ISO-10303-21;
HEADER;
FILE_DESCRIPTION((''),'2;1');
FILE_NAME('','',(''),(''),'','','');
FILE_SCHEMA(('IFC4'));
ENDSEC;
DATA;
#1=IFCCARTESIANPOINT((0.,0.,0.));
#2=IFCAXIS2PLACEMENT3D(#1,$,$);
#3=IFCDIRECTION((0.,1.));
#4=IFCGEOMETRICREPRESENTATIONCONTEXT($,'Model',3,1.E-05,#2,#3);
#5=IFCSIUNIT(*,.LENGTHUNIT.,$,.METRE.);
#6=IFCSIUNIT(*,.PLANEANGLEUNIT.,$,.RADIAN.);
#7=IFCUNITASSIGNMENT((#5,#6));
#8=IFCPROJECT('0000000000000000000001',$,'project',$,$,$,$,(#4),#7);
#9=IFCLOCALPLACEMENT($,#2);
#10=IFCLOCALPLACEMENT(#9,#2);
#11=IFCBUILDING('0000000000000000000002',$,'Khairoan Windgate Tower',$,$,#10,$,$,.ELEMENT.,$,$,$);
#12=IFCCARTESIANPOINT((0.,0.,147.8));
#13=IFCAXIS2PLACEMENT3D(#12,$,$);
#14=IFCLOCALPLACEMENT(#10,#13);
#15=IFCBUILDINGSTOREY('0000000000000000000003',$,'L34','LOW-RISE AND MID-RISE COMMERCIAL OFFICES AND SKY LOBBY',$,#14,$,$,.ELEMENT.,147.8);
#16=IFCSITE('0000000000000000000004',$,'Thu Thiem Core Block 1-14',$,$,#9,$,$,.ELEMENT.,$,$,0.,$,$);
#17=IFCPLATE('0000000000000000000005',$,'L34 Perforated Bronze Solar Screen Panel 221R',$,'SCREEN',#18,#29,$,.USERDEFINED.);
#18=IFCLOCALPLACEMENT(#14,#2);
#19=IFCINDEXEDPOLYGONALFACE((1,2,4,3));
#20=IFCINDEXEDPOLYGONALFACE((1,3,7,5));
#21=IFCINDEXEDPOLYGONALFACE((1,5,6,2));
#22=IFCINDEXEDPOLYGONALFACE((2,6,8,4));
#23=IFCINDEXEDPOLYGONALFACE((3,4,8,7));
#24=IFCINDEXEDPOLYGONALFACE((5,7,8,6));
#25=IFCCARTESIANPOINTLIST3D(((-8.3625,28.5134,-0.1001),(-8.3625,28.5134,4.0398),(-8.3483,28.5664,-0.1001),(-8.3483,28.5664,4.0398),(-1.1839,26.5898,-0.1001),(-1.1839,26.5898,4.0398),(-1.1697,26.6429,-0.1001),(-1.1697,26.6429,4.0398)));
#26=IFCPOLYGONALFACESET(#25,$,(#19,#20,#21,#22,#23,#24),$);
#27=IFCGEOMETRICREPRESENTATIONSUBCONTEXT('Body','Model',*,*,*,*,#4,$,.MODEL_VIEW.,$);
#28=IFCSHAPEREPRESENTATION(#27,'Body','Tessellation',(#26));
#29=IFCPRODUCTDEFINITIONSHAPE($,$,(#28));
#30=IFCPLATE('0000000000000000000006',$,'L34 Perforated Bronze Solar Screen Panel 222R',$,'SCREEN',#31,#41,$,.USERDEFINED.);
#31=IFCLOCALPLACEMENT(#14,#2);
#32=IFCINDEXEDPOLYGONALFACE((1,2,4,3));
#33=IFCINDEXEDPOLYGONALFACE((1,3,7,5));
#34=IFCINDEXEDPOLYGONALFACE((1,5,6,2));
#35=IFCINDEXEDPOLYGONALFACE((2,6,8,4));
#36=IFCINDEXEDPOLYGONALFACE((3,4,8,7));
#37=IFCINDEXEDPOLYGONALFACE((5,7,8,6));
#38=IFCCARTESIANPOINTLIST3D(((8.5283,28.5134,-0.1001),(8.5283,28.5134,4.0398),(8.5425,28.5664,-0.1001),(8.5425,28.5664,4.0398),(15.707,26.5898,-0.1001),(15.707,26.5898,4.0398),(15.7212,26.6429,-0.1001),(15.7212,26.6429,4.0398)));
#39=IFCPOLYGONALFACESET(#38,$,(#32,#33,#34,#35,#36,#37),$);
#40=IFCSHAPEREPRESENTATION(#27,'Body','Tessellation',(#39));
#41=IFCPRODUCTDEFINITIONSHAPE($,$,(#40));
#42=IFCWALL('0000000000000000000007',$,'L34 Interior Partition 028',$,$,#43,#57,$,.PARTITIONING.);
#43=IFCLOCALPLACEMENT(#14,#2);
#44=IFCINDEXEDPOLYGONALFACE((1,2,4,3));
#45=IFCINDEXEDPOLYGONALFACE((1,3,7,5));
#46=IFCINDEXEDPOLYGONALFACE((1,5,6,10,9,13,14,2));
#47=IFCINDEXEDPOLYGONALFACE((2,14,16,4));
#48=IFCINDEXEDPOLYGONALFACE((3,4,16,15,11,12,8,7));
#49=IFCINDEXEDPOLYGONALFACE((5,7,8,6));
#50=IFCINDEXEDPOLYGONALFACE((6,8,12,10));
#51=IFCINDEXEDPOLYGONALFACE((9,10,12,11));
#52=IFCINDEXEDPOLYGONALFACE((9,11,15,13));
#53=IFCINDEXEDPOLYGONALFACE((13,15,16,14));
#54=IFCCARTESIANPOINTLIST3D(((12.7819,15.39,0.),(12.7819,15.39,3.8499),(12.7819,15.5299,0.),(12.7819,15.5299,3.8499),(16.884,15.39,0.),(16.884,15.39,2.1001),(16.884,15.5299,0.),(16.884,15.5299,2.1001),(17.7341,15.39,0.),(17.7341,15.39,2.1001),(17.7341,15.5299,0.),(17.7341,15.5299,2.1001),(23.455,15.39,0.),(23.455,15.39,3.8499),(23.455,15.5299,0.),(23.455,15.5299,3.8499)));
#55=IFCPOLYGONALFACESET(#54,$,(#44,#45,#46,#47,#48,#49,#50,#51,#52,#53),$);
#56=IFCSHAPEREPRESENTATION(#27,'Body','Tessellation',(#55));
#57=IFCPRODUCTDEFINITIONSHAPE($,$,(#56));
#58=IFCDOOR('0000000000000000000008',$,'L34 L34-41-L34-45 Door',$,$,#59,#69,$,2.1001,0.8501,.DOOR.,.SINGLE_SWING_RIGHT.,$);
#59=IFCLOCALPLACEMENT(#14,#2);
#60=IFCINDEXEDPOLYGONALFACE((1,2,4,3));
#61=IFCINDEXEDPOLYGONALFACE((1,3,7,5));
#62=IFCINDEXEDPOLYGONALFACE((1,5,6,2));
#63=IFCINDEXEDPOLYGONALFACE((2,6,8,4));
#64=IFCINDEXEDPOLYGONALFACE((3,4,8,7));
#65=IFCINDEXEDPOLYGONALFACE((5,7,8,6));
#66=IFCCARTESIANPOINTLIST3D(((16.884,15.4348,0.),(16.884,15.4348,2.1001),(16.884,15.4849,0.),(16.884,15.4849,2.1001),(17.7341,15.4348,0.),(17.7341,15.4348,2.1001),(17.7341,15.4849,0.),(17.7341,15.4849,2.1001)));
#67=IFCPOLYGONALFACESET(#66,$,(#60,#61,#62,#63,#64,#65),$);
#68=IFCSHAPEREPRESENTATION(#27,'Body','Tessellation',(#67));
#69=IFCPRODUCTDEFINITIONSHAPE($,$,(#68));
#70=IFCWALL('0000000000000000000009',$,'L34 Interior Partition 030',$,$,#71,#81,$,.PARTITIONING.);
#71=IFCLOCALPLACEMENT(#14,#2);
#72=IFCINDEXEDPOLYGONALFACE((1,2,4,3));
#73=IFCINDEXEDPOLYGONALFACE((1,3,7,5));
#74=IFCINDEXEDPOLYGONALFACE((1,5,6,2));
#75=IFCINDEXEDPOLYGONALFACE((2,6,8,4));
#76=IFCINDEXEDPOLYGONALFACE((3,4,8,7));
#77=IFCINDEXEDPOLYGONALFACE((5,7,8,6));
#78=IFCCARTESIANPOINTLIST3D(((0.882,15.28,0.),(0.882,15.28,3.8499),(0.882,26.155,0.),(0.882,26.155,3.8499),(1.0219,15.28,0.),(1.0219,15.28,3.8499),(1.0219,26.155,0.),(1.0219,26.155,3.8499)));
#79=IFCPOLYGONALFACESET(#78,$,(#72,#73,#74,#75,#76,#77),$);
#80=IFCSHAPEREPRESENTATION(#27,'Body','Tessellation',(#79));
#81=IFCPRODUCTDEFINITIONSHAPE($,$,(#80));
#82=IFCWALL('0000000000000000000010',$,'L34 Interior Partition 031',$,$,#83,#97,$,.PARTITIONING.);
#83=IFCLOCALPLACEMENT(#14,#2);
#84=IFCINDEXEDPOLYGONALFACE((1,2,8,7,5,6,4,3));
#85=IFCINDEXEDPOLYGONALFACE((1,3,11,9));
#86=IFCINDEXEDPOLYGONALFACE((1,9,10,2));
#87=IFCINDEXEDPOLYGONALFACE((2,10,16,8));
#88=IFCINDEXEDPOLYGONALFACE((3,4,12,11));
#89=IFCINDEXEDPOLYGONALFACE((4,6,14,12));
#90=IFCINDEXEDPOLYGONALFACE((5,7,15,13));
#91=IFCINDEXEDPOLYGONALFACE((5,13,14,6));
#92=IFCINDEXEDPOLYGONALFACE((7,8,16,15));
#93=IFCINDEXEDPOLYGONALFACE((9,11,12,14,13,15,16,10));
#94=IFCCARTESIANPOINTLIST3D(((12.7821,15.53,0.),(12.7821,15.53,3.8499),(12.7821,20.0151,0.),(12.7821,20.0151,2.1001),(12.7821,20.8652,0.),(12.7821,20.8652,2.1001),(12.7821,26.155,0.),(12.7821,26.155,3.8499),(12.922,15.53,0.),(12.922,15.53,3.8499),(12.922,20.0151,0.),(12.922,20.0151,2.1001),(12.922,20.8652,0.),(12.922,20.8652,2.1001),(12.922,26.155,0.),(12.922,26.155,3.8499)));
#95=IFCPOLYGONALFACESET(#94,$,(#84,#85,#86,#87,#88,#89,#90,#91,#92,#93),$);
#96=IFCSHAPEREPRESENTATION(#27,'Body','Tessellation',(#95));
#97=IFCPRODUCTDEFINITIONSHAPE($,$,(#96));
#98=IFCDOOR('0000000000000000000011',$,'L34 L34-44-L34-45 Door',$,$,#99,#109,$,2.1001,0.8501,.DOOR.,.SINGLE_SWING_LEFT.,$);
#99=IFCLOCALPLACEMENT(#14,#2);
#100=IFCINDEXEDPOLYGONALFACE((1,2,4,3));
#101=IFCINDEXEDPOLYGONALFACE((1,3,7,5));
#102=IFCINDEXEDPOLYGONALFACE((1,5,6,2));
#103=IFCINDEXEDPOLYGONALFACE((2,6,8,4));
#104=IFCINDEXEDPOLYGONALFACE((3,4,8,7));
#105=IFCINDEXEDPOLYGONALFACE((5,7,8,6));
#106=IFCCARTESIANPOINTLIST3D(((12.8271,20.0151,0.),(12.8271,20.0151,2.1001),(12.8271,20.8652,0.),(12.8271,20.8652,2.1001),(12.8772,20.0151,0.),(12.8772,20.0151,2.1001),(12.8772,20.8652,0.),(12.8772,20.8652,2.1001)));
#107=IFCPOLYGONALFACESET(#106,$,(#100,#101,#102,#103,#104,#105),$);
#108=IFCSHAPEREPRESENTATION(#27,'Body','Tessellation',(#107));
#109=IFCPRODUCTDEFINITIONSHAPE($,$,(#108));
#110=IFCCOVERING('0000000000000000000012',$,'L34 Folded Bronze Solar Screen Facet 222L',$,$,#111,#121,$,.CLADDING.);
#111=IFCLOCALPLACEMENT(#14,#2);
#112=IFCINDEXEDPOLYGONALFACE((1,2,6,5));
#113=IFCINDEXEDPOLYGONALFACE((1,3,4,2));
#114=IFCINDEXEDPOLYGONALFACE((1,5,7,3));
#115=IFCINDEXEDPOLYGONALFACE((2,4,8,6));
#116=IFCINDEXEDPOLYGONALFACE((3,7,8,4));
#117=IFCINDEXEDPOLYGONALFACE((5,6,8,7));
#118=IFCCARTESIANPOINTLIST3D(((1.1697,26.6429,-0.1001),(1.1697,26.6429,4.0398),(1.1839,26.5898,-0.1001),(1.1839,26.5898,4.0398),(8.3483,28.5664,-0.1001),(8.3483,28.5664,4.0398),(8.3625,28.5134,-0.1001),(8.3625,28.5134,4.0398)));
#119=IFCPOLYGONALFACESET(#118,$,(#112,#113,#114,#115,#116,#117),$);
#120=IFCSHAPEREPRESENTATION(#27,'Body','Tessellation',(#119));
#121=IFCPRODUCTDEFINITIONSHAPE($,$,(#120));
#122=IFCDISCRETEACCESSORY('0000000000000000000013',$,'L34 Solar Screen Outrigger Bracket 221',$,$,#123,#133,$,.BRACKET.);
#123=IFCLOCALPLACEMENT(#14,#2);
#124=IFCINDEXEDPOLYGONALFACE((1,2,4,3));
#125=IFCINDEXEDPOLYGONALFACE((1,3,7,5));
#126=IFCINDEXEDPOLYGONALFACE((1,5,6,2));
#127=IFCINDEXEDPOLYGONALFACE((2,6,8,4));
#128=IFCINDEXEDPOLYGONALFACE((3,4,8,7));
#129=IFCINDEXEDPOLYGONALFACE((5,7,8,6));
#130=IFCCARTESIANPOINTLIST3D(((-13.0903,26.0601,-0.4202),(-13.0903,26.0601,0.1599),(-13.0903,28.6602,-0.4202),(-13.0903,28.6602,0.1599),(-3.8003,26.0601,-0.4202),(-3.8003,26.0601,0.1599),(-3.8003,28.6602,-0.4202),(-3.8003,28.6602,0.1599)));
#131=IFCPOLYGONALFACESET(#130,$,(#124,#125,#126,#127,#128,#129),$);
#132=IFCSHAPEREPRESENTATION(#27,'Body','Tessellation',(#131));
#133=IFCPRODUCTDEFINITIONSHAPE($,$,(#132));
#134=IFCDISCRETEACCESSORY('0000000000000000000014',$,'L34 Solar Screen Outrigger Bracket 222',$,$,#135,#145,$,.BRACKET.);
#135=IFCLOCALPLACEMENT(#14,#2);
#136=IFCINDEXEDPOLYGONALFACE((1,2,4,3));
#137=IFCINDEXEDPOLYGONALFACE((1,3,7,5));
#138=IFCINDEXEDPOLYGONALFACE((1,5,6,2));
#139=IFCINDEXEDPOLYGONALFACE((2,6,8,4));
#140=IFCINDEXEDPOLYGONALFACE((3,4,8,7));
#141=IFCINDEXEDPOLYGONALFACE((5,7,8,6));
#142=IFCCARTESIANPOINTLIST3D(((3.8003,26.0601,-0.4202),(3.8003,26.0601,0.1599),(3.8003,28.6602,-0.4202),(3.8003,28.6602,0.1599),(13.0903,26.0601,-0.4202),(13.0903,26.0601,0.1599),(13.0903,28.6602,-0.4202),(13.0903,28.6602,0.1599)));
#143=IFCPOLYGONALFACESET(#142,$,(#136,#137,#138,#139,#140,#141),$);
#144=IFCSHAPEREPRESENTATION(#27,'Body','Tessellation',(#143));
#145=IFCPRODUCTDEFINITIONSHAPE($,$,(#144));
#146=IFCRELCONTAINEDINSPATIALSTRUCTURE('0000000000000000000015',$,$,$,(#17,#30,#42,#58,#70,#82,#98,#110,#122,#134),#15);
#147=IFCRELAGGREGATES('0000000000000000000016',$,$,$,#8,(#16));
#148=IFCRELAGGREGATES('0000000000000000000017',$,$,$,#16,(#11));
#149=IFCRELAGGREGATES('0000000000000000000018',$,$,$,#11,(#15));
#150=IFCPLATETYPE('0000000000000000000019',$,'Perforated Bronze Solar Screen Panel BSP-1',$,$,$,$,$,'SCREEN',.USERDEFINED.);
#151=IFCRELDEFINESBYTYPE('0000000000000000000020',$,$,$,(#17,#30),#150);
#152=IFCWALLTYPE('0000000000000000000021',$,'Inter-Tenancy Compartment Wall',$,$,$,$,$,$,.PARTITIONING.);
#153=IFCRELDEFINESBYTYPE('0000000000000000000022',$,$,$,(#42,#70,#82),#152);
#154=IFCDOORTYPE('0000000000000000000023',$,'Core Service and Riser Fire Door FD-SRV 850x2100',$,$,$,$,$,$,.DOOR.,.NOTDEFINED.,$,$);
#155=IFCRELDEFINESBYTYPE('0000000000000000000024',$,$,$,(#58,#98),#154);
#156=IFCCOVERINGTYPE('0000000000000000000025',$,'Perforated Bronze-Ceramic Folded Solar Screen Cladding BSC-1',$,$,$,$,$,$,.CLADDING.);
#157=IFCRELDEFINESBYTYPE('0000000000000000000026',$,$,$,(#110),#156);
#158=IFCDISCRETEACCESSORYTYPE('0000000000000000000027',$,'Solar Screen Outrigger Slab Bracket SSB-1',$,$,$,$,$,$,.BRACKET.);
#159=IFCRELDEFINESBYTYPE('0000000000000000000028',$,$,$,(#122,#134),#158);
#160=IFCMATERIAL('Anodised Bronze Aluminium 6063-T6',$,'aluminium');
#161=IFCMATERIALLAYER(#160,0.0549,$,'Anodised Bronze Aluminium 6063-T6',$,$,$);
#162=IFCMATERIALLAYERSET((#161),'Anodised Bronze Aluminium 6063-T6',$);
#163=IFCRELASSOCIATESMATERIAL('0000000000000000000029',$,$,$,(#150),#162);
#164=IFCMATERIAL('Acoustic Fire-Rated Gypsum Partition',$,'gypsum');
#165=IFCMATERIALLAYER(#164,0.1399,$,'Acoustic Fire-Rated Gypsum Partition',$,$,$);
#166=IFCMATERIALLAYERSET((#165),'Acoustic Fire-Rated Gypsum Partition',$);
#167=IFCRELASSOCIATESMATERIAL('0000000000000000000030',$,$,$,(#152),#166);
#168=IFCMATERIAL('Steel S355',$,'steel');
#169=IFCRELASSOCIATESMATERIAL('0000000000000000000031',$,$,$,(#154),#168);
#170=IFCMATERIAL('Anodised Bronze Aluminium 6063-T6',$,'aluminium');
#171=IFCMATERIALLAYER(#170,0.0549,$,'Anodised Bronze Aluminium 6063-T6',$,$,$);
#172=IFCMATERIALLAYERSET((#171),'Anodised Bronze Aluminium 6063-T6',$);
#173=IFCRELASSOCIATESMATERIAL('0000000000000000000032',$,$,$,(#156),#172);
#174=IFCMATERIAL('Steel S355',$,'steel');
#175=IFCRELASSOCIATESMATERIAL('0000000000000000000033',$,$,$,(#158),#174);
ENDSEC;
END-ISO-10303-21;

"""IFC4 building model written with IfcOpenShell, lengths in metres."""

from ifc_helpers import new_model, si_unit, direction, frame, frame_2d, origin, origin_2d, place, context, subcontext, project, spatial, rectangle, extrude, material, layer, layer_set, type_object, element, fill, save


model = new_model("IFC4")

# Units and contexts
model_context = context("Model", 3, precision=1e-05, world=origin(), true_north=direction((0.0, 1.0)))
body_context = subcontext(model_context, "Body", "Model", "MODEL_VIEW")
ifc_project = project(units=[si_unit("LENGTHUNIT", "METRE"), si_unit("PLANEANGLEUNIT", "RADIAN")], contexts=[model_context])

# Site, building, storey
site_placement = place(None, origin())
site = spatial("IfcSite", under=ifc_project, at=site_placement, Name="Thu Thiem Core Block 1-14", CompositionType="ELEMENT", RefElevation=0.0)
building_placement = place(site_placement, origin())
building = spatial("IfcBuilding", under=site, at=building_placement, Name="Khairoan Windgate Tower", CompositionType="ELEMENT")
storey_placement = place(building_placement, frame((0.0, 0.0, 147.8)))
storey = spatial("IfcBuildingStorey", under=building, at=storey_placement, Name="L34", Description="LOW-RISE AND MID-RISE COMMERCIAL OFFICES AND SKY LOBBY", CompositionType="ELEMENT", Elevation=147.8)

# Plates
ifc_material_1 = material(Name="Anodised Bronze Aluminium 6063-T6", Category="aluminium")
ifc_layer_1 = layer(ifc_material_1, 0.0549, Name="Anodised Bronze Aluminium 6063-T6")
ifc_layer_set_1 = layer_set([ifc_layer_1], Name="Anodised Bronze Aluminium 6063-T6")
plate_type = type_object("IfcPlateType", Name="Perforated Bronze Solar Screen Panel BSP-1", ElementType="SCREEN", PredefinedType="USERDEFINED", material=ifc_layer_set_1)
for number, where, z_axis, x_axis, name in (
    (1, (-4.7661, 27.5781, -0.1001), (0.0, 0.0, 1.0), (0.965926, -0.258819, 0.0), "L34 Perforated Bronze Solar Screen Panel 221R"),
    (2, (12.1248, 27.5781, -0.1001), (0.0, 0.0, 1.0), (0.965926, -0.258819, 0.0), "L34 Perforated Bronze Solar Screen Panel 222R"),
):
    element("IfcPlate", number, at=place(storey_placement, frame(where, z_axis=z_axis, x_axis=x_axis)), inside=storey, type_object=plate_type, Name=name, ObjectType="SCREEN", PredefinedType="USERDEFINED", context=body_context, shape_type="SweptSolid", body=[
        extrude(rectangle(XDim=7.4319, YDim=0.0549, at=origin_2d()), origin(), (0.0, 0.0, 1.0), 4.1399),
    ])

# Wall, opening, door
ifc_material_2 = material(Name="Acoustic Fire-Rated Gypsum Partition", Category="gypsum")
ifc_layer_2 = layer(ifc_material_2, 0.1399, Name="Acoustic Fire-Rated Gypsum Partition")
ifc_layer_set_2 = layer_set([ifc_layer_2], Name="Acoustic Fire-Rated Gypsum Partition")
wall_type = type_object("IfcWallType", Name="Inter-Tenancy Compartment Wall", PredefinedType="PARTITIONING", material=ifc_layer_set_2)
wall_1_placement = place(storey_placement, frame((12.782, 15.46, 0.0), z_axis=(0.0, 0.0, 1.0), x_axis=(1.0, 0.0, 0.0)))
wall_1 = element("IfcWall", 3, at=wall_1_placement, inside=storey, type_object=wall_type, Name="L34 Interior Partition 028", PredefinedType="PARTITIONING", context=body_context, shape_type="SweptSolid", body=[
    extrude(rectangle(XDim=10.6731, YDim=0.1399, at=frame_2d((5.3364, 0.0))), origin(), (0.0, 0.0, 1.0), 3.8499),
])
opening_1_placement = place(wall_1_placement, frame((4.1021, 0.0, 0.0)))
opening_1 = element("IfcOpeningElement", 4, at=opening_1_placement, cuts=wall_1, PredefinedType="OPENING", context=body_context, shape_type="SweptSolid", body=[
    extrude(rectangle(XDim=0.8501, YDim=2.1001, at=frame_2d((0.425, 1.05))), frame((0.0, 0.0798, 0.0), z_axis=(0.0, -1.0, 0.0), x_axis=(1.0, 0.0, 0.0)), (0.0, 0.0, 1.0), 0.1599),
])
ifc_material_3 = material(Name="Steel S355", Category="steel")
door_type = type_object("IfcDoorType", Name="Core Service and Riser Fire Door FD-SRV 850x2100", OperationType="NOTDEFINED", PredefinedType="DOOR", material=ifc_material_3)
door_1_placement = place(opening_1_placement, origin())
door_1 = element("IfcDoor", 5, at=door_1_placement, inside=storey, type_object=door_type, Name="L34 L34-41-L34-45 Door", OperationType="SINGLE_SWING_RIGHT", OverallHeight=2.1001, OverallWidth=0.8501, PredefinedType="DOOR", context=body_context, shape_type="SweptSolid", body=[
    extrude(rectangle(XDim=0.8501, YDim=2.1001, at=frame_2d((0.425, 1.05))), frame((0.0, 0.0249, 0.0), z_axis=(0.0, -1.0, 0.0), x_axis=(1.0, 0.0, 0.0)), (0.0, 0.0, 1.0), 0.05),
])
fill(opening_1, door_1)

# Wall
wall_2_placement = place(storey_placement, frame((0.9519, 15.28, 0.0), z_axis=(0.0, 0.0, 1.0), x_axis=(0.0, 1.0, 0.0)))
element("IfcWall", 6, at=wall_2_placement, inside=storey, type_object=wall_type, Name="L34 Interior Partition 030", PredefinedType="PARTITIONING", context=body_context, shape_type="SweptSolid", body=[
    extrude(rectangle(XDim=10.875, YDim=0.1399, at=frame_2d((5.4375, 0.0))), origin(), (0.0, 0.0, 1.0), 3.8499),
])

# Wall, opening, door
wall_3_placement = place(storey_placement, frame((12.8521, 15.53, 0.0), z_axis=(0.0, 0.0, 1.0), x_axis=(0.0, 1.0, 0.0)))
wall_3 = element("IfcWall", 7, at=wall_3_placement, inside=storey, type_object=wall_type, Name="L34 Interior Partition 031", PredefinedType="PARTITIONING", context=body_context, shape_type="SweptSolid", body=[
    extrude(rectangle(XDim=10.625, YDim=0.1399, at=frame_2d((5.3125, 0.0))), origin(), (0.0, 0.0, 1.0), 3.8499),
])
opening_2_placement = place(wall_3_placement, frame((4.4851, 0.0, 0.0)))
opening_2 = element("IfcOpeningElement", 8, at=opening_2_placement, cuts=wall_3, PredefinedType="OPENING", context=body_context, shape_type="SweptSolid", body=[
    extrude(rectangle(XDim=0.8501, YDim=2.1001, at=frame_2d((0.425, 1.05))), frame((0.0, 0.0798, 0.0), z_axis=(0.0, -1.0, 0.0), x_axis=(1.0, 0.0, 0.0)), (0.0, 0.0, 1.0), 0.1599),
])
door_2_placement = place(opening_2_placement, origin())
door_2 = element("IfcDoor", 9, at=door_2_placement, inside=storey, type_object=door_type, Name="L34 L34-44-L34-45 Door", OperationType="SINGLE_SWING_LEFT", OverallHeight=2.1001, OverallWidth=0.8501, PredefinedType="DOOR", context=body_context, shape_type="SweptSolid", body=[
    extrude(rectangle(XDim=0.8501, YDim=2.1001, at=frame_2d((0.425, 1.05))), frame((0.0, 0.0249, 0.0), z_axis=(0.0, -1.0, 0.0), x_axis=(1.0, 0.0, 0.0)), (0.0, 0.0, 1.0), 0.05),
])
fill(opening_2, door_2)

# Covering
ifc_material_4 = material(Name="Anodised Bronze Aluminium 6063-T6", Category="aluminium")
ifc_layer_3 = layer(ifc_material_4, 0.0549, Name="Anodised Bronze Aluminium 6063-T6")
ifc_layer_set_3 = layer_set([ifc_layer_3], Name="Anodised Bronze Aluminium 6063-T6")
covering_type = type_object("IfcCoveringType", Name="Perforated Bronze-Ceramic Folded Solar Screen Cladding BSC-1", PredefinedType="CLADDING", material=ifc_layer_set_3)
covering_placement = place(storey_placement, frame((4.7661, 27.5781, -0.1001), z_axis=(0.0, 0.0, 1.0), x_axis=(0.965926, 0.258819, 0.0)))
element("IfcCovering", 10, at=covering_placement, inside=storey, type_object=covering_type, Name="L34 Folded Bronze Solar Screen Facet 222L", PredefinedType="CLADDING", context=body_context, shape_type="SweptSolid", body=[
    extrude(rectangle(XDim=7.4319, YDim=0.0549, at=origin_2d()), origin(), (0.0, 0.0, 1.0), 4.1399),
])

# Discrete accessories
ifc_material_5 = material(Name="Steel S355", Category="steel")
discrete_accessory_type = type_object("IfcDiscreteAccessoryType", Name="Solar Screen Outrigger Slab Bracket SSB-1", PredefinedType="BRACKET", material=ifc_material_5)
for number, where, z_axis, x_axis, name in (
    (11, (-8.4453, 27.3601, -0.4202), (0.0, 0.0, 1.0), (1.0, 0.0, 0.0), "L34 Solar Screen Outrigger Bracket 221"),
    (12, (8.4453, 27.3601, -0.4202), (0.0, 0.0, 1.0), (1.0, 0.0, 0.0), "L34 Solar Screen Outrigger Bracket 222"),
):
    element("IfcDiscreteAccessory", number, at=place(storey_placement, frame(where, z_axis=z_axis, x_axis=x_axis)), inside=storey, type_object=discrete_accessory_type, Name=name, PredefinedType="BRACKET", context=body_context, shape_type="SweptSolid", body=[
        extrude(rectangle(XDim=9.29, YDim=2.6001, at=origin_2d()), origin(), (0.0, 0.0, 1.0), 0.5801),
    ])

save(model, "model.ifc")
